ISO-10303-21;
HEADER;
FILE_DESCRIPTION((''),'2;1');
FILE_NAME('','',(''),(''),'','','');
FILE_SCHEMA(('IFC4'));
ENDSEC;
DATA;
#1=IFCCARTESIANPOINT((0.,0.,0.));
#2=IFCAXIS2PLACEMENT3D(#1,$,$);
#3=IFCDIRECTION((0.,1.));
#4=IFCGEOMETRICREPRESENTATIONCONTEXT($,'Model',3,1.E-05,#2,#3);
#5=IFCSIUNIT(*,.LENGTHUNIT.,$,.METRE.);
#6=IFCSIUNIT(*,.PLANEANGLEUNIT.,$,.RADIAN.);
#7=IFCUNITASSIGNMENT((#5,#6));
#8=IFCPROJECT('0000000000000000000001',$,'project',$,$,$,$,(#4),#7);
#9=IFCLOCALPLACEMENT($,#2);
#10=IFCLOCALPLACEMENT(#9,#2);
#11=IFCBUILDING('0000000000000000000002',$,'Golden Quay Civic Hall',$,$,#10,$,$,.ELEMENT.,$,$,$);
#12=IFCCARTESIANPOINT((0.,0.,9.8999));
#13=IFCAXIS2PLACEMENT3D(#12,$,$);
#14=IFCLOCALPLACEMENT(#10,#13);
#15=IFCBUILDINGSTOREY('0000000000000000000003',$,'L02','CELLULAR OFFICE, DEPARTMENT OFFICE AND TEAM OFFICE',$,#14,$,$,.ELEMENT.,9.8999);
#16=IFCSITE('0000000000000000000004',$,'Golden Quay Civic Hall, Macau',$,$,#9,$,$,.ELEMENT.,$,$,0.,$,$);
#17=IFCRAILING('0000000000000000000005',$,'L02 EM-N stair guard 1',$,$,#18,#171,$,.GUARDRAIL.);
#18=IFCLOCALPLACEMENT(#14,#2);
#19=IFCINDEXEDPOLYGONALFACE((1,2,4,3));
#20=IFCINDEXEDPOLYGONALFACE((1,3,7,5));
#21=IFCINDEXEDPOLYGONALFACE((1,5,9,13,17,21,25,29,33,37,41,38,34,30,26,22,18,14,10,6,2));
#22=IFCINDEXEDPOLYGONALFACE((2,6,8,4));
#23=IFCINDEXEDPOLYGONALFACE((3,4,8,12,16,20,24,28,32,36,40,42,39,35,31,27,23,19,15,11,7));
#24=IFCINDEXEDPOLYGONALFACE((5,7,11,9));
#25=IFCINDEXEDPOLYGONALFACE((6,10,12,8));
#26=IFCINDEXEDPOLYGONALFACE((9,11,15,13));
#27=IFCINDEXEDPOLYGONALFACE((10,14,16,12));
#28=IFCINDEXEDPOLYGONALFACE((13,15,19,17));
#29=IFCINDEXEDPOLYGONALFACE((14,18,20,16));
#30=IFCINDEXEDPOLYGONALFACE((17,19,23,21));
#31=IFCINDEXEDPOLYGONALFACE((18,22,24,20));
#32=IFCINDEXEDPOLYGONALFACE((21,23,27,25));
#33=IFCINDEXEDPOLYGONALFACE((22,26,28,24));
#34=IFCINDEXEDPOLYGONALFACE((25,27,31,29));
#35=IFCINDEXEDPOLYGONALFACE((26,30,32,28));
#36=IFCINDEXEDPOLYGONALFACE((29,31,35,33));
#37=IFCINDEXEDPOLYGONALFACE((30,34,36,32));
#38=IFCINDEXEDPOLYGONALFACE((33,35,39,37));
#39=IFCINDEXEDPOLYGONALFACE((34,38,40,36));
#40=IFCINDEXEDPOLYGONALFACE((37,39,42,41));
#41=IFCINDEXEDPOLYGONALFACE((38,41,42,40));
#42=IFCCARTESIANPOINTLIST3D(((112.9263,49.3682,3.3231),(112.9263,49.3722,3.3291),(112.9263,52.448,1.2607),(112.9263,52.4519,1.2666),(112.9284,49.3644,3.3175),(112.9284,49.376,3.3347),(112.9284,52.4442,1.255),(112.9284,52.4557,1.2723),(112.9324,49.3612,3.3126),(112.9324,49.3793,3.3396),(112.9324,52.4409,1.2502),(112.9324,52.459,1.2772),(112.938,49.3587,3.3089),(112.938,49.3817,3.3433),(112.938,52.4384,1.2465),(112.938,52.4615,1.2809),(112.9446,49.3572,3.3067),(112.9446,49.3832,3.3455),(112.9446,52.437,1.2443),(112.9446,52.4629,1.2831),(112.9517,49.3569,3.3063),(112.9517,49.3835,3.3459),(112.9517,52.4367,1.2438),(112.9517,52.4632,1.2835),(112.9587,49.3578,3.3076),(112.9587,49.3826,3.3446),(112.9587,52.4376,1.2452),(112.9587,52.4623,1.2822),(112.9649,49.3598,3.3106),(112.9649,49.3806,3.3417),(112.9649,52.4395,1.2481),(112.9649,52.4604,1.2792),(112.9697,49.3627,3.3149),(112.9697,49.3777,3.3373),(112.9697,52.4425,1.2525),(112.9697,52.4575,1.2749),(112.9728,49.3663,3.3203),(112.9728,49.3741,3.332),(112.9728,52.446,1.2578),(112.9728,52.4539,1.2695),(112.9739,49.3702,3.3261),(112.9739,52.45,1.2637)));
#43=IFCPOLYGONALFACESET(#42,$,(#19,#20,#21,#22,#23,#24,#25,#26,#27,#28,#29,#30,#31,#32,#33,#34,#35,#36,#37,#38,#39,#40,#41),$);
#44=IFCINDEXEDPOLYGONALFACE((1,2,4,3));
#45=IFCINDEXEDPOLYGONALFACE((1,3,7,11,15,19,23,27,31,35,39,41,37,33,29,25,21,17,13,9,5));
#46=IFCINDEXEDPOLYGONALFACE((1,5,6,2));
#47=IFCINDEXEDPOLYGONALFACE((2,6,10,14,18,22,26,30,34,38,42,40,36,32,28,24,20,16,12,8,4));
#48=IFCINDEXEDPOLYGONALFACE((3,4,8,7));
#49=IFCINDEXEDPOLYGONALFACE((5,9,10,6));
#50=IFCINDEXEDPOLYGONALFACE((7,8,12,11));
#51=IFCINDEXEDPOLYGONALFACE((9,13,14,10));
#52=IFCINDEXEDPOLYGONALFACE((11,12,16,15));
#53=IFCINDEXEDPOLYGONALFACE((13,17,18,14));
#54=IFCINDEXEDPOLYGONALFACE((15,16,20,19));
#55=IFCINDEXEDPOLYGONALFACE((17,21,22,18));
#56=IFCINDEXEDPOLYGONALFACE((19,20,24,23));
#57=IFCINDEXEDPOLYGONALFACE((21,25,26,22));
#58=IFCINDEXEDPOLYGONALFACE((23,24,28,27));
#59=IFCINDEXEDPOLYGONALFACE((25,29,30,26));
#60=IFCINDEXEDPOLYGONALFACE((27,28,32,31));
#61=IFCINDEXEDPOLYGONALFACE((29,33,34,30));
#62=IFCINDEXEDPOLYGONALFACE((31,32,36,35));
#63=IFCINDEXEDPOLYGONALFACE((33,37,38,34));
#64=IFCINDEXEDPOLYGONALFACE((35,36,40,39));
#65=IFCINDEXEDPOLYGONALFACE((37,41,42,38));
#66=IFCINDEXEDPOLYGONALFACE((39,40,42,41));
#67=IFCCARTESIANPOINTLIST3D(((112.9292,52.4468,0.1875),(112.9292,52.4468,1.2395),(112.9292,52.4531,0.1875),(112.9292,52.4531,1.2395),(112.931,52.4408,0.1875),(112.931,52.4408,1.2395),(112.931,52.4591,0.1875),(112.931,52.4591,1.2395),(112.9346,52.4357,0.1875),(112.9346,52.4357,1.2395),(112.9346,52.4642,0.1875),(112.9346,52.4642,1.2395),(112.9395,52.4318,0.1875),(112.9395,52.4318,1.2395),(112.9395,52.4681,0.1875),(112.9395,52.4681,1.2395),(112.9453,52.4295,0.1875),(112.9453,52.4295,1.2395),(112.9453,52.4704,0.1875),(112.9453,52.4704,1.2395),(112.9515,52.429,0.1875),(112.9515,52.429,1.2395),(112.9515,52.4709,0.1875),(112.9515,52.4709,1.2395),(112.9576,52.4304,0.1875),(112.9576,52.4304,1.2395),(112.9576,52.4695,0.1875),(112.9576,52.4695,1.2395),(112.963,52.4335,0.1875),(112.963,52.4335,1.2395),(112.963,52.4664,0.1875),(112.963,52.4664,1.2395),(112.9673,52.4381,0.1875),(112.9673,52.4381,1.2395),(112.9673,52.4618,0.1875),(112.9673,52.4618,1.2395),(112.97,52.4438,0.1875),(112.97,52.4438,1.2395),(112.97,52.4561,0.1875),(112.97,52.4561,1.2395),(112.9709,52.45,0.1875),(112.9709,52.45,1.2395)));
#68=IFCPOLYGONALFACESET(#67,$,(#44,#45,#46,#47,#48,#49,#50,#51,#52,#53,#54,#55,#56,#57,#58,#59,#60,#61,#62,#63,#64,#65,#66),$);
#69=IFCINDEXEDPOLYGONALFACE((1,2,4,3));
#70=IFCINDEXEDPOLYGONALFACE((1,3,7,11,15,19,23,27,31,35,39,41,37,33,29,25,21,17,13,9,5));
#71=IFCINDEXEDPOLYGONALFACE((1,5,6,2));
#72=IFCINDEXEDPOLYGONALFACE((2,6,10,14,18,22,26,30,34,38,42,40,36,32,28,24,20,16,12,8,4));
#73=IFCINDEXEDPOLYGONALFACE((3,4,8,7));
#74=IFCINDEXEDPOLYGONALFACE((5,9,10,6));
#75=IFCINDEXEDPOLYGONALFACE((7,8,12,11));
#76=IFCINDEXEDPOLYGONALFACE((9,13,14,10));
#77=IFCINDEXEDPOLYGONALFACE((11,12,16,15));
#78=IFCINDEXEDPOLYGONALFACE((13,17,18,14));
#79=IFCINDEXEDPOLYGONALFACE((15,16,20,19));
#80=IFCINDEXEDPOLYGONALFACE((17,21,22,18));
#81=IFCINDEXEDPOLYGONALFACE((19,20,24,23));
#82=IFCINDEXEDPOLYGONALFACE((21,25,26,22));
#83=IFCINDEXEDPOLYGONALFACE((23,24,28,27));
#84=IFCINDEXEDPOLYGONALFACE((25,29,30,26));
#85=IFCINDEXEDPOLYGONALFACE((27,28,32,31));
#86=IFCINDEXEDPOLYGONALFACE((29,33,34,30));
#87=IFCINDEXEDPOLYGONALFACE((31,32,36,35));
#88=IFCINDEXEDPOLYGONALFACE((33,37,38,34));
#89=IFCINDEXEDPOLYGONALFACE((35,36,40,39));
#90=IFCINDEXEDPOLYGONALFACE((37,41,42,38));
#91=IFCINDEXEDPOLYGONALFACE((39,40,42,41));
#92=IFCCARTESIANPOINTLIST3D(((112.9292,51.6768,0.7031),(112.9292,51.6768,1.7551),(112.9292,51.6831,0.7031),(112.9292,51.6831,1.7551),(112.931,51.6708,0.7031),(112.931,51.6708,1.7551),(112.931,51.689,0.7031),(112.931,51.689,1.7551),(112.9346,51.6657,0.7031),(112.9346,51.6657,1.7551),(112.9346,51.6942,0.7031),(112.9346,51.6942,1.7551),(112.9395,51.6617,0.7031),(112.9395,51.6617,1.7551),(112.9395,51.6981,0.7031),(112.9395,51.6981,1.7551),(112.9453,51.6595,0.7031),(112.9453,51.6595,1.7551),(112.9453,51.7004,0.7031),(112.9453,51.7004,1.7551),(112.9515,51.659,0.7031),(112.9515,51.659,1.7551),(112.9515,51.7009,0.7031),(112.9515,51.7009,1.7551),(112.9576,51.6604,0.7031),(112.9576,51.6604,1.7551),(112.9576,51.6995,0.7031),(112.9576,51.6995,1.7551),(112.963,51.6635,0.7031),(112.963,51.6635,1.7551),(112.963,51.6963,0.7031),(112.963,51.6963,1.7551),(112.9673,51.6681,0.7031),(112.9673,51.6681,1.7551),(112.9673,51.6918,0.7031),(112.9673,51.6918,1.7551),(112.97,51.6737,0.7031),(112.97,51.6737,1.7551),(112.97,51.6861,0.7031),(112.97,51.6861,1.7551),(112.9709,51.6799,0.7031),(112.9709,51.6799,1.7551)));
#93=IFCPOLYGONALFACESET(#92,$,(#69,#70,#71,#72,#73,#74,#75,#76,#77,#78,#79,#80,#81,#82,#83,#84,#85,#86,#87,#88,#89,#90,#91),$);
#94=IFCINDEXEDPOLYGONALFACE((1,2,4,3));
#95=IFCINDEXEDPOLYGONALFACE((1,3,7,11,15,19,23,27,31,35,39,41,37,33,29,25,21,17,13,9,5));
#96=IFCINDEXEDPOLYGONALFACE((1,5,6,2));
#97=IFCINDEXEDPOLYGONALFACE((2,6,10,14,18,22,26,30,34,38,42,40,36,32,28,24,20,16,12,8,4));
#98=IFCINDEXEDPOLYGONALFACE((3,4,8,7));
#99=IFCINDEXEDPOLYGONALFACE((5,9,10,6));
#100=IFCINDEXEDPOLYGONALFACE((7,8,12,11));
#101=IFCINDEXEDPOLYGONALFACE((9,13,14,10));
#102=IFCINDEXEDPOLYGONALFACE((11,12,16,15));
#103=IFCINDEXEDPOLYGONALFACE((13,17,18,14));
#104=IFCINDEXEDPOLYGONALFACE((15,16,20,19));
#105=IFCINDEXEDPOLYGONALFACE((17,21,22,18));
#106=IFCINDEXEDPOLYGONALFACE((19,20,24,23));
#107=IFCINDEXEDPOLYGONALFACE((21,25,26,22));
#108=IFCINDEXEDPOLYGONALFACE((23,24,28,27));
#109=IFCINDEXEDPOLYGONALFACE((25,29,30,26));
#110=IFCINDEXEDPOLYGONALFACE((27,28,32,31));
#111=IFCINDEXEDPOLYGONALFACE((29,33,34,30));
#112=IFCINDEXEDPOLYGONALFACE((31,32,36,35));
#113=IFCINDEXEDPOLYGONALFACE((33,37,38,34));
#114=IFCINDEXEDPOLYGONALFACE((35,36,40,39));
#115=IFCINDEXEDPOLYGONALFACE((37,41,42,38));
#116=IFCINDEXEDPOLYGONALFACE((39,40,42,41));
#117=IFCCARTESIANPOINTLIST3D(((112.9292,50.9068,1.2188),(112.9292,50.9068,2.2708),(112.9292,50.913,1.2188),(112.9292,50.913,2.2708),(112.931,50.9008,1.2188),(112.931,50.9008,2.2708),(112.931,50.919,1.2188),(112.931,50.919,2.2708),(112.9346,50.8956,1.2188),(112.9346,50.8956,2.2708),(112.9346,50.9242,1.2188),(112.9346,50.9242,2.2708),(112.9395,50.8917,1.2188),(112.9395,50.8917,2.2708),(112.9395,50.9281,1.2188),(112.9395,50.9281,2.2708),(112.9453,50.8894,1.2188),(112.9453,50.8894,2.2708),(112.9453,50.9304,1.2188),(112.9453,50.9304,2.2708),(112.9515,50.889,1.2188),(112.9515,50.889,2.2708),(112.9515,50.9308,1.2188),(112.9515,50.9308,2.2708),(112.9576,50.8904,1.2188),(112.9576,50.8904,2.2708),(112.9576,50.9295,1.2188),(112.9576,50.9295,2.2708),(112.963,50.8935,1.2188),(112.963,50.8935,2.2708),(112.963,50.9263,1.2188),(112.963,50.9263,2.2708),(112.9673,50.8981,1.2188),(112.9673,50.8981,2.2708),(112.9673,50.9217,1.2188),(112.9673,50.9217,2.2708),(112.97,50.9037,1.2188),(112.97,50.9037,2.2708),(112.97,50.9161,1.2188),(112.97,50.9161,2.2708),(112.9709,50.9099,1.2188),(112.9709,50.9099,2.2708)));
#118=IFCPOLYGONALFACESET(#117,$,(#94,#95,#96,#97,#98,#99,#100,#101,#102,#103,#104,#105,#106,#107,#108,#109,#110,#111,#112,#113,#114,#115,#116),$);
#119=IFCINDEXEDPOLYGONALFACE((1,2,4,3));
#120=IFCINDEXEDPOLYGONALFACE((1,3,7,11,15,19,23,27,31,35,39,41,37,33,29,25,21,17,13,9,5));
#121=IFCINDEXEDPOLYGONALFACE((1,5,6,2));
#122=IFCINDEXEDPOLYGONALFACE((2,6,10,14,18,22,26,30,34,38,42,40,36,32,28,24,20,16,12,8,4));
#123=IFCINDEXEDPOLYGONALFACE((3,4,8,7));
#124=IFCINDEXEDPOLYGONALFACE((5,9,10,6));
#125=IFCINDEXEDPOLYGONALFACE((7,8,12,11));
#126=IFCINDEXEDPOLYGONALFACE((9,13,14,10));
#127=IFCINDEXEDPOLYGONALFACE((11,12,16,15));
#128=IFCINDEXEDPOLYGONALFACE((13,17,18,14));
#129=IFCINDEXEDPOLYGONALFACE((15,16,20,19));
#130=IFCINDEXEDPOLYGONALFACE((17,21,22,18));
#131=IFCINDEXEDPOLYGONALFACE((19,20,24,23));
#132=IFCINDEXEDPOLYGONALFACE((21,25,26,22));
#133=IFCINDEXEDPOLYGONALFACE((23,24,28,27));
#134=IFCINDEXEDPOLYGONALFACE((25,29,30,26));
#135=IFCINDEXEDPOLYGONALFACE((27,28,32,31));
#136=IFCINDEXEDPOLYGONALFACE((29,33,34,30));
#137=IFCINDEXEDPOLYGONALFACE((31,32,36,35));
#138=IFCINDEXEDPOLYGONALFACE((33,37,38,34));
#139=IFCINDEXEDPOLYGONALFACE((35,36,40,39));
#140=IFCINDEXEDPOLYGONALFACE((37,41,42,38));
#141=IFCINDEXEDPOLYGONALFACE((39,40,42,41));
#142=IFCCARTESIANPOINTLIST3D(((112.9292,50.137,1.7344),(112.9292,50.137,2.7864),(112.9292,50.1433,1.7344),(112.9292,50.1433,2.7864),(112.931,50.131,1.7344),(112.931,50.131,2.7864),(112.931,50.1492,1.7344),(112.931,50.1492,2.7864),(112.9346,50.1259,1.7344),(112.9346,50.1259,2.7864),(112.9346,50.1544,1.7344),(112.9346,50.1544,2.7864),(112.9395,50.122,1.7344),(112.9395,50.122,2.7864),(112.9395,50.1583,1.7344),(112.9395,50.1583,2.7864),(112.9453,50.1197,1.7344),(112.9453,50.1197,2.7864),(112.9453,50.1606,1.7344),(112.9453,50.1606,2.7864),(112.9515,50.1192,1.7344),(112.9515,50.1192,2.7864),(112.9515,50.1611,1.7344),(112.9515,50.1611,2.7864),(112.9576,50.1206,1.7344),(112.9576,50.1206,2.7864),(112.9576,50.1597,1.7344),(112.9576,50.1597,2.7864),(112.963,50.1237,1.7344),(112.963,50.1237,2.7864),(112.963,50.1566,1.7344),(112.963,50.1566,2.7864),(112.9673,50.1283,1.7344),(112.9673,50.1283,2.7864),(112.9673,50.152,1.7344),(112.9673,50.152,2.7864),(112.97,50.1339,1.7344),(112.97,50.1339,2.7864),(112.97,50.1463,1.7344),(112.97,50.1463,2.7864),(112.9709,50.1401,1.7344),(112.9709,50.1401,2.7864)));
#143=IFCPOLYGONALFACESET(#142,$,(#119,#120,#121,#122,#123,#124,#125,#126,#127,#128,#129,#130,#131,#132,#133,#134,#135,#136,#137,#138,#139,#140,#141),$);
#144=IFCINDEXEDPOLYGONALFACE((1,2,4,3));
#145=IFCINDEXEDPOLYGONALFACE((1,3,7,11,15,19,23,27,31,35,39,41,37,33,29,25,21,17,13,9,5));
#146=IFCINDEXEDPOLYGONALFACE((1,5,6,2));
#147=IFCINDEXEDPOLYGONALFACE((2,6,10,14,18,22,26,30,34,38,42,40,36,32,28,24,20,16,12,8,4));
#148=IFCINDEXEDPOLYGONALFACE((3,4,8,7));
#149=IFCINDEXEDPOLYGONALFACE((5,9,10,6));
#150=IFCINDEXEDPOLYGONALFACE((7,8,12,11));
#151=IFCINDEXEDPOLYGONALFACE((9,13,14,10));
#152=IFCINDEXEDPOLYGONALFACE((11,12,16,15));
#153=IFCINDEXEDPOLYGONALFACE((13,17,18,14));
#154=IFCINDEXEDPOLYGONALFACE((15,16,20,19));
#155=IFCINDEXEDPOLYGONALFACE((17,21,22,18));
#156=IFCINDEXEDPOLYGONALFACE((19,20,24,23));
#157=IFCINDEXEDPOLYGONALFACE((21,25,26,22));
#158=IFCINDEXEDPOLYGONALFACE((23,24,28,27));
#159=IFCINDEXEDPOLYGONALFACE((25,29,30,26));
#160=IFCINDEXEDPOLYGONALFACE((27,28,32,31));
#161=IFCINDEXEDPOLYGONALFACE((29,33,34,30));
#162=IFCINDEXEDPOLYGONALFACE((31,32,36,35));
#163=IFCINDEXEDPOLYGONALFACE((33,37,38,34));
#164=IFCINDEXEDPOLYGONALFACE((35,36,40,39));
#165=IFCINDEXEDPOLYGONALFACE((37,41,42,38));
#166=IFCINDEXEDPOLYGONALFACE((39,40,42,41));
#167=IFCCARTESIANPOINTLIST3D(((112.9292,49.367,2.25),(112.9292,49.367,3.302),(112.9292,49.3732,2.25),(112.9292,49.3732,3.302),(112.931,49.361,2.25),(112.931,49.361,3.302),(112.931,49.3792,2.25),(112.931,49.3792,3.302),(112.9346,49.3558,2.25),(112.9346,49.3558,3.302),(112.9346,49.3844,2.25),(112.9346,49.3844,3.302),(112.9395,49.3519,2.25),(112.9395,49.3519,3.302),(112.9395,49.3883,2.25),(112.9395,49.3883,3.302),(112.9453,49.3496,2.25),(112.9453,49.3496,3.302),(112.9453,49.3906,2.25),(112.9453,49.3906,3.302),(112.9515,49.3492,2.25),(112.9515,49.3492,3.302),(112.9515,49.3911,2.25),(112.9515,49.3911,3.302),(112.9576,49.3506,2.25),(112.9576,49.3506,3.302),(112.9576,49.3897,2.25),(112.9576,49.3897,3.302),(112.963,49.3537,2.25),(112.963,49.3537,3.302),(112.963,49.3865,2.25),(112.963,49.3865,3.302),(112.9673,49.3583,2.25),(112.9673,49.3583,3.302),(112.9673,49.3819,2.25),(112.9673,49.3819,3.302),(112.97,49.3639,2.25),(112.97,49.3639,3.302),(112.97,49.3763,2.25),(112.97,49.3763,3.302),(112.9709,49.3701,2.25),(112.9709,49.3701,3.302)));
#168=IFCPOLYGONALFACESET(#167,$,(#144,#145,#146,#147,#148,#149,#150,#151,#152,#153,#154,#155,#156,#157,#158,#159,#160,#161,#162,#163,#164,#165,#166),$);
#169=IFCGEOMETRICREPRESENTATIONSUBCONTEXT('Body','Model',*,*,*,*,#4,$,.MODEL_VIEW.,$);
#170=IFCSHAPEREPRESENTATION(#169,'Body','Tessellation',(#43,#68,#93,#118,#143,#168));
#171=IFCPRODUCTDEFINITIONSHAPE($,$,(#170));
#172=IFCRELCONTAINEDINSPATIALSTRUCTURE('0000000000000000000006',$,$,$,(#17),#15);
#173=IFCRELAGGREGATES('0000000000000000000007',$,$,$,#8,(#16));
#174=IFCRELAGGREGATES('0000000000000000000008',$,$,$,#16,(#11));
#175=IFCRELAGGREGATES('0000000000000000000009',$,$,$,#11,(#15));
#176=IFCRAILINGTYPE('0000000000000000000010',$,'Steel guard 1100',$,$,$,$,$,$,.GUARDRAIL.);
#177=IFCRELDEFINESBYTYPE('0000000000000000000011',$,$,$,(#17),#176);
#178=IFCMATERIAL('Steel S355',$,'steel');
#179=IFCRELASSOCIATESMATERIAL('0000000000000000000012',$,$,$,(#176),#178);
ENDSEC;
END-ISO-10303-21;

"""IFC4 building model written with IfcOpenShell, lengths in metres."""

from ifc_helpers import new_model, si_unit, direction, frame, origin, origin_2d, place, context, subcontext, project, spatial, circle, extrude, material, type_object, element, save


model = new_model("IFC4")

# Units and contexts
model_context = context("Model", 3, precision=1e-05, world=origin(), true_north=direction((0.0, 1.0)))
body_context = subcontext(model_context, "Body", "Model", "MODEL_VIEW")
ifc_project = project(units=[si_unit("LENGTHUNIT", "METRE"), si_unit("PLANEANGLEUNIT", "RADIAN")], contexts=[model_context])

# Site, building, storey
site_placement = place(None, origin())
site = spatial("IfcSite", under=ifc_project, at=site_placement, Name="Golden Quay Civic Hall, Macau", CompositionType="ELEMENT", RefElevation=0.0)
building_placement = place(site_placement, origin())
building = spatial("IfcBuilding", under=site, at=building_placement, Name="Golden Quay Civic Hall", CompositionType="ELEMENT")
storey_placement = place(building_placement, frame((0.0, 0.0, 9.8999)))
storey = spatial("IfcBuildingStorey", under=building, at=storey_placement, Name="L02", Description="CELLULAR OFFICE, DEPARTMENT OFFICE AND TEAM OFFICE", CompositionType="ELEMENT", Elevation=9.8999)

# Railing
ifc_material_1 = material(Name="Steel S355", Category="steel")
railing_type_1 = type_object("IfcRailingType", Name="Steel guard 1100", PredefinedType="GUARDRAIL", material=ifc_material_1)
railing_1_placement = place(storey_placement, frame((112.95, 52.45, 0.1875)))
element("IfcRailing", 1, at=railing_1_placement, inside=storey, type_object=railing_type_1, Name="L02 EM-N stair guard 1", PredefinedType="GUARDRAIL", context=body_context, shape_type="SweptSolid", body=[
    extrude(circle(Radius=0.0239, at=origin_2d()), frame((0.0, 0.0, 1.0762), z_axis=(0.0, -0.830893, 0.556432), x_axis=(1.0, 0.0, 0.0)), (0.0, 0.0, 1.0), 3.7065),
    extrude(circle(Radius=0.021, at=origin_2d()), origin(), (0.0, 0.0, 1.0), 1.052),
    extrude(circle(Radius=0.021, at=origin_2d()), frame((0.0, -0.77, 0.5156)), (0.0, 0.0, 1.0), 1.052),
    extrude(circle(Radius=0.021, at=origin_2d()), frame((0.0, -1.54, 1.0312)), (0.0, 0.0, 1.0), 1.052),
    extrude(circle(Radius=0.021, at=origin_2d()), frame((0.0, -2.3098, 1.5469)), (0.0, 0.0, 1.0), 1.052),
    extrude(circle(Radius=0.021, at=origin_2d()), frame((0.0, -3.0798, 2.0625)), (0.0, 0.0, 1.0), 1.052),
])

save(model, "model.ifc")
